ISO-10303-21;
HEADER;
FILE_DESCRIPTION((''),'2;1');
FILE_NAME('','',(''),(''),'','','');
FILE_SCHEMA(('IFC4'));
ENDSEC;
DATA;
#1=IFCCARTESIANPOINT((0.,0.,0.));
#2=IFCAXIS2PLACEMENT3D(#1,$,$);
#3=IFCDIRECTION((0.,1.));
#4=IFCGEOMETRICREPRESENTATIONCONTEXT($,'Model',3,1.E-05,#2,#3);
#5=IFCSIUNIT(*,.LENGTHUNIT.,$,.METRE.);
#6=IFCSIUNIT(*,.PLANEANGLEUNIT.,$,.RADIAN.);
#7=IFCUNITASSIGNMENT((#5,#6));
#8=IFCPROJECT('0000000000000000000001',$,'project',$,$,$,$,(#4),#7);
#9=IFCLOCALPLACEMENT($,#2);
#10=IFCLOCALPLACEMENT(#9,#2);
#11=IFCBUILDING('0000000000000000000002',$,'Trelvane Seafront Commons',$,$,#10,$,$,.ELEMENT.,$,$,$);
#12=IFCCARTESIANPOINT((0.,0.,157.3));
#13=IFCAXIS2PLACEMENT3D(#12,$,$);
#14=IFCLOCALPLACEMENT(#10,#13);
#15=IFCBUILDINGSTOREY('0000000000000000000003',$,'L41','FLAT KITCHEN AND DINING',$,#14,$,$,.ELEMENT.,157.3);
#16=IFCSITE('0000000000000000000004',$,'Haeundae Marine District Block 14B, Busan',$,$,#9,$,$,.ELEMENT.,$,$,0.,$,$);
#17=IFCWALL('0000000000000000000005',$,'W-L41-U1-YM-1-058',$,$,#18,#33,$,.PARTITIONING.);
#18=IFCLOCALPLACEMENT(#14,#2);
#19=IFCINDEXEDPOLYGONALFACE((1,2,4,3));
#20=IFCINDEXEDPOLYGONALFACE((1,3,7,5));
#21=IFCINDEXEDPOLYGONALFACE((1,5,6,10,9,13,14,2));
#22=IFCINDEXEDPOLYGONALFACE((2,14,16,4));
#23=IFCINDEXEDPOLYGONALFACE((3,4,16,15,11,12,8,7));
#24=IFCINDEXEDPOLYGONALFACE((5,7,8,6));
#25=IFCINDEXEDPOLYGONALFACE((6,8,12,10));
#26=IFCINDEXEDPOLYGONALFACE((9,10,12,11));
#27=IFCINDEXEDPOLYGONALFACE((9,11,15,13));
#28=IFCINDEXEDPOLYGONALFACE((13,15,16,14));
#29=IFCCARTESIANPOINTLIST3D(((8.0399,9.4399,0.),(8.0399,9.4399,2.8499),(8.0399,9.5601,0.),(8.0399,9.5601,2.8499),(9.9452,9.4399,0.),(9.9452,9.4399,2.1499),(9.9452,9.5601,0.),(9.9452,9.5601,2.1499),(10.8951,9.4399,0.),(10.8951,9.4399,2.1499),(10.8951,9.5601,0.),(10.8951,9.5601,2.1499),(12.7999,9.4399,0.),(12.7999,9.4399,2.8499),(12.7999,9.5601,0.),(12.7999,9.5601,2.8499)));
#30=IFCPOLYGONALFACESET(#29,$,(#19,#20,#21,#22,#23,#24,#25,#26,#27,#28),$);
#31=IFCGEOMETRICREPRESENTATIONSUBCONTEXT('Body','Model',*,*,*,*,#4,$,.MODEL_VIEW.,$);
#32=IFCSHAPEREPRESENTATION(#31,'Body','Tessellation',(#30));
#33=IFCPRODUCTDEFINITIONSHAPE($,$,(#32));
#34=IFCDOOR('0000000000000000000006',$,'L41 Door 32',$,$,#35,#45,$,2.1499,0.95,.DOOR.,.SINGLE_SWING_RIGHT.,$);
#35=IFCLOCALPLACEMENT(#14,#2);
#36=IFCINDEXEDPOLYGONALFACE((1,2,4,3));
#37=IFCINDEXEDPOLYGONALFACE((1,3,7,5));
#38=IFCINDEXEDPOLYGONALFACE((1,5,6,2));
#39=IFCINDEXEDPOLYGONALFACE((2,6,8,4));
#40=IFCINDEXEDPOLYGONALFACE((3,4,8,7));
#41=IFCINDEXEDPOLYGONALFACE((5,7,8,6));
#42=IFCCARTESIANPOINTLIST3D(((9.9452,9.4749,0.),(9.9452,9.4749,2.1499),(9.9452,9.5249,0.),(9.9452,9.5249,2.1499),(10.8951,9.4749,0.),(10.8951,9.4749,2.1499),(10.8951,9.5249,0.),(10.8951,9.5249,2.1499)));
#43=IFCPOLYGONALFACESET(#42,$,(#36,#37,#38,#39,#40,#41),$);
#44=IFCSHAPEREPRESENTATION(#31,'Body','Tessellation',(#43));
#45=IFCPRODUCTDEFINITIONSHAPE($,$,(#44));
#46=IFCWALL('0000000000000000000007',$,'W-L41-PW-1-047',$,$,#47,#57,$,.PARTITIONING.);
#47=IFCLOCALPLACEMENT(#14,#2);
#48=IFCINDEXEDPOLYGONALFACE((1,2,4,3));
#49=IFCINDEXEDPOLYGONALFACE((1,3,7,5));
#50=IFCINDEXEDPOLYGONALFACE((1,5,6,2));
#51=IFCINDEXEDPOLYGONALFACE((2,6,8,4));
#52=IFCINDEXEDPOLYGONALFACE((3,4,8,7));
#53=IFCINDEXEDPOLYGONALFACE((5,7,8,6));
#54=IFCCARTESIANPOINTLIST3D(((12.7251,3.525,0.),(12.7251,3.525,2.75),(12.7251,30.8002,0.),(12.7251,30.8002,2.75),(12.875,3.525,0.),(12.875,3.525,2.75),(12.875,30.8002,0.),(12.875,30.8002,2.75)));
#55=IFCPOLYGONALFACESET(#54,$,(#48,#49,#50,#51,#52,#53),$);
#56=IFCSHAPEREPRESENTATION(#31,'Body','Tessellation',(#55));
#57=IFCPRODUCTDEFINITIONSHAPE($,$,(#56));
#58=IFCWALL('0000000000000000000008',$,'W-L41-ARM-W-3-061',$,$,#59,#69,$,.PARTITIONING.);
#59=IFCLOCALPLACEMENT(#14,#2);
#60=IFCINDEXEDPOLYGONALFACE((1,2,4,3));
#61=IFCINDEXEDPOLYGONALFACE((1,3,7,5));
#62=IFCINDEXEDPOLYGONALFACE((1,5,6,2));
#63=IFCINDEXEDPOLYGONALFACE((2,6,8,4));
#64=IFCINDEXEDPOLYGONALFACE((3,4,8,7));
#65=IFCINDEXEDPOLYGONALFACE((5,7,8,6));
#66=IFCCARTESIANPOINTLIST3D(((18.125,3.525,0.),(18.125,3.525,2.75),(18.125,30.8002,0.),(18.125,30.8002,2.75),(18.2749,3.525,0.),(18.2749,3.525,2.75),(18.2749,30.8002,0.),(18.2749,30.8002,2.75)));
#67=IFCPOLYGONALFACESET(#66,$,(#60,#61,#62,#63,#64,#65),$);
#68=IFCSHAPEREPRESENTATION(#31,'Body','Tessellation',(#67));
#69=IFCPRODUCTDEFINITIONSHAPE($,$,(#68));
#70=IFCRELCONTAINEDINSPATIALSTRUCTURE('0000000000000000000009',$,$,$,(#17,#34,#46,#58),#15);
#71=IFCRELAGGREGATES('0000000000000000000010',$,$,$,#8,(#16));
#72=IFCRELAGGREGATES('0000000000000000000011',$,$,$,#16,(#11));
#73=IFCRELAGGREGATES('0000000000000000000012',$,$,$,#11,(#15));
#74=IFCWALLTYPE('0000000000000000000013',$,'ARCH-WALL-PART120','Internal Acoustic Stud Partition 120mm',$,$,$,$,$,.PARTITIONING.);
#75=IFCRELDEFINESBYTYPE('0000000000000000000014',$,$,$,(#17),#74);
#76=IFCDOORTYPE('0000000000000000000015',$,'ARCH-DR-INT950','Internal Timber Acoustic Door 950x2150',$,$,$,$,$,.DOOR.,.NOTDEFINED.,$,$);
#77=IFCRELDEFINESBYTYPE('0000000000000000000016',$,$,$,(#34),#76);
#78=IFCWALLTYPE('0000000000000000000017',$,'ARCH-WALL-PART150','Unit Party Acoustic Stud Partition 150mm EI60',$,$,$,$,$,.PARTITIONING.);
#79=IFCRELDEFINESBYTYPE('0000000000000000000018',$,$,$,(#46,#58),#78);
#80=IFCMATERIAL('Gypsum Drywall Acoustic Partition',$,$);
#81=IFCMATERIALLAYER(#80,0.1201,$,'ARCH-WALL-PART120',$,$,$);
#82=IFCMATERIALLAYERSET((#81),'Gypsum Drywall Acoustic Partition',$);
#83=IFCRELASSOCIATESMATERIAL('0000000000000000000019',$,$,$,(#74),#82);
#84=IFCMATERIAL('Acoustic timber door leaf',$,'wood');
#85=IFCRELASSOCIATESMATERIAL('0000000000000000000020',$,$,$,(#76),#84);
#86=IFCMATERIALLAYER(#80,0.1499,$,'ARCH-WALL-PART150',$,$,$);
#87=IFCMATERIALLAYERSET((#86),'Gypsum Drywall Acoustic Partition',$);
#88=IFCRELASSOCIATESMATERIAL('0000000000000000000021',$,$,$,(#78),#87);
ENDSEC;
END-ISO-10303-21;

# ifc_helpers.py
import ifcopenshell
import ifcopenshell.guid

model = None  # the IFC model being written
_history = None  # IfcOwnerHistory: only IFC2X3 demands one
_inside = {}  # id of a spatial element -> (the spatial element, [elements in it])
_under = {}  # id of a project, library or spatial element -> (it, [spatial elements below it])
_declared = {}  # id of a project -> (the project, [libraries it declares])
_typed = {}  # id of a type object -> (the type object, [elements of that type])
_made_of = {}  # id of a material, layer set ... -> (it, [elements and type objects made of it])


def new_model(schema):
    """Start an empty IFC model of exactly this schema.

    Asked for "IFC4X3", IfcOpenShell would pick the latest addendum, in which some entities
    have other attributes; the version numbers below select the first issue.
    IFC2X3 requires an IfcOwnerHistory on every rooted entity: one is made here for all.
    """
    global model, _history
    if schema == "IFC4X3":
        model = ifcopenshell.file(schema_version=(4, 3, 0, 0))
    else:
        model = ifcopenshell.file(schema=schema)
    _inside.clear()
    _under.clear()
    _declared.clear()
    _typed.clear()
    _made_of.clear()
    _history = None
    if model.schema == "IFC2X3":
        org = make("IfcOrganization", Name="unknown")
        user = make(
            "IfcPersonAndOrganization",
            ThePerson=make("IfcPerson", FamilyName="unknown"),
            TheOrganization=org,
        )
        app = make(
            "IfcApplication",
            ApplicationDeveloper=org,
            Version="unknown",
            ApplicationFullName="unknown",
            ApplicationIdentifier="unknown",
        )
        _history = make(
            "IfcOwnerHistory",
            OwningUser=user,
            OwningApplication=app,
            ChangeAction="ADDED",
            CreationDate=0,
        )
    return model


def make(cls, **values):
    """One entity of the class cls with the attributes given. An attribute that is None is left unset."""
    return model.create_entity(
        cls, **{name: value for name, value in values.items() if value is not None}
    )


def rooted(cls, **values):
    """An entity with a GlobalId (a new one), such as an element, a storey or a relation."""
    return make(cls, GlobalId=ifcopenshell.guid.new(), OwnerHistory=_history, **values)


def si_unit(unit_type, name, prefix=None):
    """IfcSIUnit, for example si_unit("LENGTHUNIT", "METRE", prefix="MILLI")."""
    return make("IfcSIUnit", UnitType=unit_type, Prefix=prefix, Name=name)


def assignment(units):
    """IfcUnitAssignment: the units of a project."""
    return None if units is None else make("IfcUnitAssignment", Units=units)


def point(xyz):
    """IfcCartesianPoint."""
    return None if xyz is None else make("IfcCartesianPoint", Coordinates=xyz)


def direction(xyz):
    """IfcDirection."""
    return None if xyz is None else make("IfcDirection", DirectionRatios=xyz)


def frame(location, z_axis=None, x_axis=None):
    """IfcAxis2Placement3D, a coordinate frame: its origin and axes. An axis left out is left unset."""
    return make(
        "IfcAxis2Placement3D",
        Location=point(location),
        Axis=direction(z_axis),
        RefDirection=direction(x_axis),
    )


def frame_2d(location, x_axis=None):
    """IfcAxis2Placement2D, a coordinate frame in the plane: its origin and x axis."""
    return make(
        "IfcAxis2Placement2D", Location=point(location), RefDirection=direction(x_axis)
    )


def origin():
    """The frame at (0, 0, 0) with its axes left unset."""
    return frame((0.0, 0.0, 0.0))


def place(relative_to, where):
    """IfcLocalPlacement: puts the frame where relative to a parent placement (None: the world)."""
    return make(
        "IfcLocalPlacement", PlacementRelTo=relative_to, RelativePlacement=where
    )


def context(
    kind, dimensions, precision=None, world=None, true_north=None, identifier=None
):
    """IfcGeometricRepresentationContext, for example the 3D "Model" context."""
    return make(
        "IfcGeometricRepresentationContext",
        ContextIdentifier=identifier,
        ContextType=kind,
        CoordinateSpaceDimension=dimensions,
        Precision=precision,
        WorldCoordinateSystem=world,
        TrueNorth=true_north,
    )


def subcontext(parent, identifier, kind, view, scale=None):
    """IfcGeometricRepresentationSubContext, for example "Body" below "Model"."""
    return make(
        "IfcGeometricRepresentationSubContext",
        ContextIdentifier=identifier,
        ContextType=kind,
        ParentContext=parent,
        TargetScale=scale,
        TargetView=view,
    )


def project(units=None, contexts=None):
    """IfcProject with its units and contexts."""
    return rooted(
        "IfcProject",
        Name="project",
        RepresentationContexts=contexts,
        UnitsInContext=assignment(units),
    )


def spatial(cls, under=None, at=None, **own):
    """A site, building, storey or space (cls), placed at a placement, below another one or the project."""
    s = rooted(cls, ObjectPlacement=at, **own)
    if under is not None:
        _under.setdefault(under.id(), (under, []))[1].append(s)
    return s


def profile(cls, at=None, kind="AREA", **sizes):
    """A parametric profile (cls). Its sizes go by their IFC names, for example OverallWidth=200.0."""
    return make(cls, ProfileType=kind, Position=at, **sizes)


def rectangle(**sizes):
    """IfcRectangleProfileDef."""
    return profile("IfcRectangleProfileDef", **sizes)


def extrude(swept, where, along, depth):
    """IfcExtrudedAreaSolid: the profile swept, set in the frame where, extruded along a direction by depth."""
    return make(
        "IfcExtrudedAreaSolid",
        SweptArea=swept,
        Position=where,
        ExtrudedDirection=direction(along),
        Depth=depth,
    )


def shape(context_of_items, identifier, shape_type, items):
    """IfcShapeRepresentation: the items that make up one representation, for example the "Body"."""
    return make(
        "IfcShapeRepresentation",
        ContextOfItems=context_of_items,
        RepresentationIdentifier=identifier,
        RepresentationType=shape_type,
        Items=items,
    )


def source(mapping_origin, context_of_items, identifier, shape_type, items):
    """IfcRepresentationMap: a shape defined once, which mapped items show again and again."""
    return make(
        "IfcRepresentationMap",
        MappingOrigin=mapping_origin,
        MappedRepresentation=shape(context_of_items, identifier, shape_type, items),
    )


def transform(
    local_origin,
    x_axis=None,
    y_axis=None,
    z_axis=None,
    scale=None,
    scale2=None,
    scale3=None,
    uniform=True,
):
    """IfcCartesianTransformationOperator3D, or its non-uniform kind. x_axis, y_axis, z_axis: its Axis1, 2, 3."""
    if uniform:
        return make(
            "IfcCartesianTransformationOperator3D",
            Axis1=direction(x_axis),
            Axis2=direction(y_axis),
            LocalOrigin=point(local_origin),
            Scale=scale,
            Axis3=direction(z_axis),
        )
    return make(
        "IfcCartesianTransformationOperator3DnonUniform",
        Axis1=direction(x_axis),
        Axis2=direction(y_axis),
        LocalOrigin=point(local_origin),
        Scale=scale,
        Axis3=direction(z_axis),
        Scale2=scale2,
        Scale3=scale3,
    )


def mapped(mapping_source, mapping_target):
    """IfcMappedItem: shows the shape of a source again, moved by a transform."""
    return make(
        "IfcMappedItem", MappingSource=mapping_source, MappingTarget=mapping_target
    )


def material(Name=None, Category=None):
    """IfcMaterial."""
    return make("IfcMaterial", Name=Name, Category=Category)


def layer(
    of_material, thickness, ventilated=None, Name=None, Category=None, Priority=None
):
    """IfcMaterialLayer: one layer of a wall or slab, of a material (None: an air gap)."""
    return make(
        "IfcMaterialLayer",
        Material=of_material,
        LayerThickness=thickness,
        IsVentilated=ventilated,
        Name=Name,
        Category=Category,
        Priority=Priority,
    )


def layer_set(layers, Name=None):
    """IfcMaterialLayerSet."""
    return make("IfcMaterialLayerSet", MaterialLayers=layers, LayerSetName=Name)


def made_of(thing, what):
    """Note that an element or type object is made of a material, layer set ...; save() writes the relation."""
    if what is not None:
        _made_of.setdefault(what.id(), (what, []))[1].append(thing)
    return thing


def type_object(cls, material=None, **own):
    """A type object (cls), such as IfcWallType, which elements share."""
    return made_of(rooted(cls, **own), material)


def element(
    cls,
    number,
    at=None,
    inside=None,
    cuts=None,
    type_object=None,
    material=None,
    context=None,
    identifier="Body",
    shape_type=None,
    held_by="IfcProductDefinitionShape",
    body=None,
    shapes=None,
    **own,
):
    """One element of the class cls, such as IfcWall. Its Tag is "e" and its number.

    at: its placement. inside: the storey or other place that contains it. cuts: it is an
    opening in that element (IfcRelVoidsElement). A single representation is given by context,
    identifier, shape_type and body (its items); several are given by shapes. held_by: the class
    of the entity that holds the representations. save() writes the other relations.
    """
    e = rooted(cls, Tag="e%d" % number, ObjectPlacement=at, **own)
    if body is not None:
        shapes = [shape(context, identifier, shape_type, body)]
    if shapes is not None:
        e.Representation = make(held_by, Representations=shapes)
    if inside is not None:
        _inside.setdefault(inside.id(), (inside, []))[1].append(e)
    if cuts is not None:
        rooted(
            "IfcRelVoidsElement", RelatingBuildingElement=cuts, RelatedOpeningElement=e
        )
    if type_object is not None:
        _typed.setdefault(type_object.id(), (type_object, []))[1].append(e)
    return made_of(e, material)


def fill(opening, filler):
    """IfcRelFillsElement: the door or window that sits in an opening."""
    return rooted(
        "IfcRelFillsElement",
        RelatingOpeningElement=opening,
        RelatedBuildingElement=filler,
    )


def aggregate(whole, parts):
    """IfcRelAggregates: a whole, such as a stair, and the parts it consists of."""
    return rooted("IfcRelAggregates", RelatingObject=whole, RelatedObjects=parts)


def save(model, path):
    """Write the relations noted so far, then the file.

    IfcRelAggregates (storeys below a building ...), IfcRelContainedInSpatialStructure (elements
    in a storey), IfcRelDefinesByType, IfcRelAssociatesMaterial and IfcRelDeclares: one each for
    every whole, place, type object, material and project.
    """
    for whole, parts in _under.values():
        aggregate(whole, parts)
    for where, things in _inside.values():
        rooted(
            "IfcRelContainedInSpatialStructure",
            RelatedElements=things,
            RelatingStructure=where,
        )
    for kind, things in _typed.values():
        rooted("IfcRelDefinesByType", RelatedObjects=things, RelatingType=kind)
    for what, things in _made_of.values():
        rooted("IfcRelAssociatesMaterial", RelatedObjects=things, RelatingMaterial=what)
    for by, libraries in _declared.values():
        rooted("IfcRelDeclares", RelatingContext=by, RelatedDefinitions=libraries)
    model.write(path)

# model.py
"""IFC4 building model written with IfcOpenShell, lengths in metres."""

from ifc_helpers import new_model, si_unit, direction, frame, frame_2d, origin, place, context, subcontext, project, spatial, rectangle, extrude, source, transform, mapped, material, layer, layer_set, type_object, element, fill, save


model = new_model("IFC4")

# Units and contexts
model_context = context("Model", 3, precision=1e-05, world=origin(), true_north=direction((0.0, 1.0)))
body_context = subcontext(model_context, "Body", "Model", "MODEL_VIEW")
ifc_project = project(units=[si_unit("LENGTHUNIT", "METRE"), si_unit("PLANEANGLEUNIT", "RADIAN")], contexts=[model_context])

# Site, building, storey
site_placement = place(None, origin())
site = spatial("IfcSite", under=ifc_project, at=site_placement, Name="Haeundae Marine District Block 14B, Busan", CompositionType="ELEMENT", RefElevation=0.0)
building_placement = place(site_placement, origin())
building = spatial("IfcBuilding", under=site, at=building_placement, Name="Trelvane Seafront Commons", CompositionType="ELEMENT")
storey_placement = place(building_placement, frame((0.0, 0.0, 157.3)))
storey = spatial("IfcBuildingStorey", under=building, at=storey_placement, Name="L41", Description="FLAT KITCHEN AND DINING", CompositionType="ELEMENT", Elevation=157.3)

# Wall, opening, door
ifc_material_1 = material(Name="Gypsum Drywall Acoustic Partition")
ifc_layer_1 = layer(ifc_material_1, 0.1201, Name="ARCH-WALL-PART120")
ifc_layer_set_1 = layer_set([ifc_layer_1], Name="Gypsum Drywall Acoustic Partition")
wall_type_1 = type_object("IfcWallType", Name="ARCH-WALL-PART120", Description="Internal Acoustic Stud Partition 120mm", PredefinedType="PARTITIONING", material=ifc_layer_set_1)
wall_1_placement = place(storey_placement, frame((8.04, 9.5, 0.0), z_axis=(0.0, 0.0, 1.0), x_axis=(1.0, 0.0, 0.0)))
wall_1 = element("IfcWall", 1, at=wall_1_placement, inside=storey, type_object=wall_type_1, Name="W-L41-U1-YM-1-058", PredefinedType="PARTITIONING", context=body_context, shape_type="SweptSolid", body=[
    extrude(rectangle(XDim=4.76, YDim=0.1201, at=frame_2d((2.3799, 0.0))), origin(), (0.0, 0.0, 1.0), 2.8499),
])
opening_1_placement = place(wall_1_placement, frame((1.905, 0.0, 0.0)))
opening_1 = element("IfcOpeningElement", 2, at=opening_1_placement, cuts=wall_1, PredefinedType="OPENING", context=body_context, shape_type="SweptSolid", body=[
    extrude(rectangle(XDim=0.95, YDim=2.1499, at=frame_2d((0.4751, 1.075))), frame((0.0, 0.0701, 0.0), z_axis=(0.0, -1.0, 0.0), x_axis=(1.0, 0.0, 0.0)), (0.0, 0.0, 1.0), 0.1401),
])
ifc_material_2 = material(Name="Acoustic timber door leaf", Category="wood")
door_type = type_object("IfcDoorType", Name="ARCH-DR-INT950", Description="Internal Timber Acoustic Door 950x2150", OperationType="NOTDEFINED", PredefinedType="DOOR", material=ifc_material_2)
shared_shape_1 = source(origin(), body_context, "Body", "SweptSolid", [
    extrude(rectangle(XDim=0.95, YDim=2.1499, at=frame_2d((0.4751, 1.075))), frame((0.0, 0.0249, 0.0), z_axis=(0.0, -1.0, 0.0), x_axis=(1.0, 0.0, 0.0)), (0.0, 0.0, 1.0), 0.05),
])
door_placement = place(opening_1_placement, origin())
door = element("IfcDoor", 3, at=door_placement, inside=storey, type_object=door_type, Name="L41 Door 32", OperationType="SINGLE_SWING_RIGHT", OverallHeight=2.1499, OverallWidth=0.95, PredefinedType="DOOR", context=body_context, shape_type="MappedRepresentation", body=[
    mapped(shared_shape_1, transform((0.0, 0.0, 0.0), x_axis=(1.0, 0.0, 0.0), y_axis=(0.0, 1.0, 0.0), z_axis=(0.0, 0.0, 1.0), scale=1.0)),
])
fill(opening_1, door)

# Walls
ifc_layer_2 = layer(ifc_material_1, 0.1499, Name="ARCH-WALL-PART150")
ifc_layer_set_2 = layer_set([ifc_layer_2], Name="Gypsum Drywall Acoustic Partition")
wall_type_2 = type_object("IfcWallType", Name="ARCH-WALL-PART150", Description="Unit Party Acoustic Stud Partition 150mm EI60", PredefinedType="PARTITIONING", material=ifc_layer_set_2)
for number, where, z_axis, x_axis, name in (
    (4, (12.8, 3.5249, 0.0), (0.0, 0.0, 1.0), (0.0, 1.0, 0.0), "W-L41-PW-1-047"),
    (5, (18.2, 3.5249, 0.0), (0.0, 0.0, 1.0), (0.0, 1.0, 0.0), "W-L41-ARM-W-3-061"),
):
    element("IfcWall", number, at=place(storey_placement, frame(where, z_axis=z_axis, x_axis=x_axis)), inside=storey, type_object=wall_type_2, Name=name, PredefinedType="PARTITIONING", context=body_context, shape_type="SweptSolid", body=[
        extrude(rectangle(XDim=27.2751, YDim=0.1499, at=frame_2d((13.6377, 0.0))), origin(), (0.0, 0.0, 1.0), 2.75),
    ])

save(model, "model.ifc")
